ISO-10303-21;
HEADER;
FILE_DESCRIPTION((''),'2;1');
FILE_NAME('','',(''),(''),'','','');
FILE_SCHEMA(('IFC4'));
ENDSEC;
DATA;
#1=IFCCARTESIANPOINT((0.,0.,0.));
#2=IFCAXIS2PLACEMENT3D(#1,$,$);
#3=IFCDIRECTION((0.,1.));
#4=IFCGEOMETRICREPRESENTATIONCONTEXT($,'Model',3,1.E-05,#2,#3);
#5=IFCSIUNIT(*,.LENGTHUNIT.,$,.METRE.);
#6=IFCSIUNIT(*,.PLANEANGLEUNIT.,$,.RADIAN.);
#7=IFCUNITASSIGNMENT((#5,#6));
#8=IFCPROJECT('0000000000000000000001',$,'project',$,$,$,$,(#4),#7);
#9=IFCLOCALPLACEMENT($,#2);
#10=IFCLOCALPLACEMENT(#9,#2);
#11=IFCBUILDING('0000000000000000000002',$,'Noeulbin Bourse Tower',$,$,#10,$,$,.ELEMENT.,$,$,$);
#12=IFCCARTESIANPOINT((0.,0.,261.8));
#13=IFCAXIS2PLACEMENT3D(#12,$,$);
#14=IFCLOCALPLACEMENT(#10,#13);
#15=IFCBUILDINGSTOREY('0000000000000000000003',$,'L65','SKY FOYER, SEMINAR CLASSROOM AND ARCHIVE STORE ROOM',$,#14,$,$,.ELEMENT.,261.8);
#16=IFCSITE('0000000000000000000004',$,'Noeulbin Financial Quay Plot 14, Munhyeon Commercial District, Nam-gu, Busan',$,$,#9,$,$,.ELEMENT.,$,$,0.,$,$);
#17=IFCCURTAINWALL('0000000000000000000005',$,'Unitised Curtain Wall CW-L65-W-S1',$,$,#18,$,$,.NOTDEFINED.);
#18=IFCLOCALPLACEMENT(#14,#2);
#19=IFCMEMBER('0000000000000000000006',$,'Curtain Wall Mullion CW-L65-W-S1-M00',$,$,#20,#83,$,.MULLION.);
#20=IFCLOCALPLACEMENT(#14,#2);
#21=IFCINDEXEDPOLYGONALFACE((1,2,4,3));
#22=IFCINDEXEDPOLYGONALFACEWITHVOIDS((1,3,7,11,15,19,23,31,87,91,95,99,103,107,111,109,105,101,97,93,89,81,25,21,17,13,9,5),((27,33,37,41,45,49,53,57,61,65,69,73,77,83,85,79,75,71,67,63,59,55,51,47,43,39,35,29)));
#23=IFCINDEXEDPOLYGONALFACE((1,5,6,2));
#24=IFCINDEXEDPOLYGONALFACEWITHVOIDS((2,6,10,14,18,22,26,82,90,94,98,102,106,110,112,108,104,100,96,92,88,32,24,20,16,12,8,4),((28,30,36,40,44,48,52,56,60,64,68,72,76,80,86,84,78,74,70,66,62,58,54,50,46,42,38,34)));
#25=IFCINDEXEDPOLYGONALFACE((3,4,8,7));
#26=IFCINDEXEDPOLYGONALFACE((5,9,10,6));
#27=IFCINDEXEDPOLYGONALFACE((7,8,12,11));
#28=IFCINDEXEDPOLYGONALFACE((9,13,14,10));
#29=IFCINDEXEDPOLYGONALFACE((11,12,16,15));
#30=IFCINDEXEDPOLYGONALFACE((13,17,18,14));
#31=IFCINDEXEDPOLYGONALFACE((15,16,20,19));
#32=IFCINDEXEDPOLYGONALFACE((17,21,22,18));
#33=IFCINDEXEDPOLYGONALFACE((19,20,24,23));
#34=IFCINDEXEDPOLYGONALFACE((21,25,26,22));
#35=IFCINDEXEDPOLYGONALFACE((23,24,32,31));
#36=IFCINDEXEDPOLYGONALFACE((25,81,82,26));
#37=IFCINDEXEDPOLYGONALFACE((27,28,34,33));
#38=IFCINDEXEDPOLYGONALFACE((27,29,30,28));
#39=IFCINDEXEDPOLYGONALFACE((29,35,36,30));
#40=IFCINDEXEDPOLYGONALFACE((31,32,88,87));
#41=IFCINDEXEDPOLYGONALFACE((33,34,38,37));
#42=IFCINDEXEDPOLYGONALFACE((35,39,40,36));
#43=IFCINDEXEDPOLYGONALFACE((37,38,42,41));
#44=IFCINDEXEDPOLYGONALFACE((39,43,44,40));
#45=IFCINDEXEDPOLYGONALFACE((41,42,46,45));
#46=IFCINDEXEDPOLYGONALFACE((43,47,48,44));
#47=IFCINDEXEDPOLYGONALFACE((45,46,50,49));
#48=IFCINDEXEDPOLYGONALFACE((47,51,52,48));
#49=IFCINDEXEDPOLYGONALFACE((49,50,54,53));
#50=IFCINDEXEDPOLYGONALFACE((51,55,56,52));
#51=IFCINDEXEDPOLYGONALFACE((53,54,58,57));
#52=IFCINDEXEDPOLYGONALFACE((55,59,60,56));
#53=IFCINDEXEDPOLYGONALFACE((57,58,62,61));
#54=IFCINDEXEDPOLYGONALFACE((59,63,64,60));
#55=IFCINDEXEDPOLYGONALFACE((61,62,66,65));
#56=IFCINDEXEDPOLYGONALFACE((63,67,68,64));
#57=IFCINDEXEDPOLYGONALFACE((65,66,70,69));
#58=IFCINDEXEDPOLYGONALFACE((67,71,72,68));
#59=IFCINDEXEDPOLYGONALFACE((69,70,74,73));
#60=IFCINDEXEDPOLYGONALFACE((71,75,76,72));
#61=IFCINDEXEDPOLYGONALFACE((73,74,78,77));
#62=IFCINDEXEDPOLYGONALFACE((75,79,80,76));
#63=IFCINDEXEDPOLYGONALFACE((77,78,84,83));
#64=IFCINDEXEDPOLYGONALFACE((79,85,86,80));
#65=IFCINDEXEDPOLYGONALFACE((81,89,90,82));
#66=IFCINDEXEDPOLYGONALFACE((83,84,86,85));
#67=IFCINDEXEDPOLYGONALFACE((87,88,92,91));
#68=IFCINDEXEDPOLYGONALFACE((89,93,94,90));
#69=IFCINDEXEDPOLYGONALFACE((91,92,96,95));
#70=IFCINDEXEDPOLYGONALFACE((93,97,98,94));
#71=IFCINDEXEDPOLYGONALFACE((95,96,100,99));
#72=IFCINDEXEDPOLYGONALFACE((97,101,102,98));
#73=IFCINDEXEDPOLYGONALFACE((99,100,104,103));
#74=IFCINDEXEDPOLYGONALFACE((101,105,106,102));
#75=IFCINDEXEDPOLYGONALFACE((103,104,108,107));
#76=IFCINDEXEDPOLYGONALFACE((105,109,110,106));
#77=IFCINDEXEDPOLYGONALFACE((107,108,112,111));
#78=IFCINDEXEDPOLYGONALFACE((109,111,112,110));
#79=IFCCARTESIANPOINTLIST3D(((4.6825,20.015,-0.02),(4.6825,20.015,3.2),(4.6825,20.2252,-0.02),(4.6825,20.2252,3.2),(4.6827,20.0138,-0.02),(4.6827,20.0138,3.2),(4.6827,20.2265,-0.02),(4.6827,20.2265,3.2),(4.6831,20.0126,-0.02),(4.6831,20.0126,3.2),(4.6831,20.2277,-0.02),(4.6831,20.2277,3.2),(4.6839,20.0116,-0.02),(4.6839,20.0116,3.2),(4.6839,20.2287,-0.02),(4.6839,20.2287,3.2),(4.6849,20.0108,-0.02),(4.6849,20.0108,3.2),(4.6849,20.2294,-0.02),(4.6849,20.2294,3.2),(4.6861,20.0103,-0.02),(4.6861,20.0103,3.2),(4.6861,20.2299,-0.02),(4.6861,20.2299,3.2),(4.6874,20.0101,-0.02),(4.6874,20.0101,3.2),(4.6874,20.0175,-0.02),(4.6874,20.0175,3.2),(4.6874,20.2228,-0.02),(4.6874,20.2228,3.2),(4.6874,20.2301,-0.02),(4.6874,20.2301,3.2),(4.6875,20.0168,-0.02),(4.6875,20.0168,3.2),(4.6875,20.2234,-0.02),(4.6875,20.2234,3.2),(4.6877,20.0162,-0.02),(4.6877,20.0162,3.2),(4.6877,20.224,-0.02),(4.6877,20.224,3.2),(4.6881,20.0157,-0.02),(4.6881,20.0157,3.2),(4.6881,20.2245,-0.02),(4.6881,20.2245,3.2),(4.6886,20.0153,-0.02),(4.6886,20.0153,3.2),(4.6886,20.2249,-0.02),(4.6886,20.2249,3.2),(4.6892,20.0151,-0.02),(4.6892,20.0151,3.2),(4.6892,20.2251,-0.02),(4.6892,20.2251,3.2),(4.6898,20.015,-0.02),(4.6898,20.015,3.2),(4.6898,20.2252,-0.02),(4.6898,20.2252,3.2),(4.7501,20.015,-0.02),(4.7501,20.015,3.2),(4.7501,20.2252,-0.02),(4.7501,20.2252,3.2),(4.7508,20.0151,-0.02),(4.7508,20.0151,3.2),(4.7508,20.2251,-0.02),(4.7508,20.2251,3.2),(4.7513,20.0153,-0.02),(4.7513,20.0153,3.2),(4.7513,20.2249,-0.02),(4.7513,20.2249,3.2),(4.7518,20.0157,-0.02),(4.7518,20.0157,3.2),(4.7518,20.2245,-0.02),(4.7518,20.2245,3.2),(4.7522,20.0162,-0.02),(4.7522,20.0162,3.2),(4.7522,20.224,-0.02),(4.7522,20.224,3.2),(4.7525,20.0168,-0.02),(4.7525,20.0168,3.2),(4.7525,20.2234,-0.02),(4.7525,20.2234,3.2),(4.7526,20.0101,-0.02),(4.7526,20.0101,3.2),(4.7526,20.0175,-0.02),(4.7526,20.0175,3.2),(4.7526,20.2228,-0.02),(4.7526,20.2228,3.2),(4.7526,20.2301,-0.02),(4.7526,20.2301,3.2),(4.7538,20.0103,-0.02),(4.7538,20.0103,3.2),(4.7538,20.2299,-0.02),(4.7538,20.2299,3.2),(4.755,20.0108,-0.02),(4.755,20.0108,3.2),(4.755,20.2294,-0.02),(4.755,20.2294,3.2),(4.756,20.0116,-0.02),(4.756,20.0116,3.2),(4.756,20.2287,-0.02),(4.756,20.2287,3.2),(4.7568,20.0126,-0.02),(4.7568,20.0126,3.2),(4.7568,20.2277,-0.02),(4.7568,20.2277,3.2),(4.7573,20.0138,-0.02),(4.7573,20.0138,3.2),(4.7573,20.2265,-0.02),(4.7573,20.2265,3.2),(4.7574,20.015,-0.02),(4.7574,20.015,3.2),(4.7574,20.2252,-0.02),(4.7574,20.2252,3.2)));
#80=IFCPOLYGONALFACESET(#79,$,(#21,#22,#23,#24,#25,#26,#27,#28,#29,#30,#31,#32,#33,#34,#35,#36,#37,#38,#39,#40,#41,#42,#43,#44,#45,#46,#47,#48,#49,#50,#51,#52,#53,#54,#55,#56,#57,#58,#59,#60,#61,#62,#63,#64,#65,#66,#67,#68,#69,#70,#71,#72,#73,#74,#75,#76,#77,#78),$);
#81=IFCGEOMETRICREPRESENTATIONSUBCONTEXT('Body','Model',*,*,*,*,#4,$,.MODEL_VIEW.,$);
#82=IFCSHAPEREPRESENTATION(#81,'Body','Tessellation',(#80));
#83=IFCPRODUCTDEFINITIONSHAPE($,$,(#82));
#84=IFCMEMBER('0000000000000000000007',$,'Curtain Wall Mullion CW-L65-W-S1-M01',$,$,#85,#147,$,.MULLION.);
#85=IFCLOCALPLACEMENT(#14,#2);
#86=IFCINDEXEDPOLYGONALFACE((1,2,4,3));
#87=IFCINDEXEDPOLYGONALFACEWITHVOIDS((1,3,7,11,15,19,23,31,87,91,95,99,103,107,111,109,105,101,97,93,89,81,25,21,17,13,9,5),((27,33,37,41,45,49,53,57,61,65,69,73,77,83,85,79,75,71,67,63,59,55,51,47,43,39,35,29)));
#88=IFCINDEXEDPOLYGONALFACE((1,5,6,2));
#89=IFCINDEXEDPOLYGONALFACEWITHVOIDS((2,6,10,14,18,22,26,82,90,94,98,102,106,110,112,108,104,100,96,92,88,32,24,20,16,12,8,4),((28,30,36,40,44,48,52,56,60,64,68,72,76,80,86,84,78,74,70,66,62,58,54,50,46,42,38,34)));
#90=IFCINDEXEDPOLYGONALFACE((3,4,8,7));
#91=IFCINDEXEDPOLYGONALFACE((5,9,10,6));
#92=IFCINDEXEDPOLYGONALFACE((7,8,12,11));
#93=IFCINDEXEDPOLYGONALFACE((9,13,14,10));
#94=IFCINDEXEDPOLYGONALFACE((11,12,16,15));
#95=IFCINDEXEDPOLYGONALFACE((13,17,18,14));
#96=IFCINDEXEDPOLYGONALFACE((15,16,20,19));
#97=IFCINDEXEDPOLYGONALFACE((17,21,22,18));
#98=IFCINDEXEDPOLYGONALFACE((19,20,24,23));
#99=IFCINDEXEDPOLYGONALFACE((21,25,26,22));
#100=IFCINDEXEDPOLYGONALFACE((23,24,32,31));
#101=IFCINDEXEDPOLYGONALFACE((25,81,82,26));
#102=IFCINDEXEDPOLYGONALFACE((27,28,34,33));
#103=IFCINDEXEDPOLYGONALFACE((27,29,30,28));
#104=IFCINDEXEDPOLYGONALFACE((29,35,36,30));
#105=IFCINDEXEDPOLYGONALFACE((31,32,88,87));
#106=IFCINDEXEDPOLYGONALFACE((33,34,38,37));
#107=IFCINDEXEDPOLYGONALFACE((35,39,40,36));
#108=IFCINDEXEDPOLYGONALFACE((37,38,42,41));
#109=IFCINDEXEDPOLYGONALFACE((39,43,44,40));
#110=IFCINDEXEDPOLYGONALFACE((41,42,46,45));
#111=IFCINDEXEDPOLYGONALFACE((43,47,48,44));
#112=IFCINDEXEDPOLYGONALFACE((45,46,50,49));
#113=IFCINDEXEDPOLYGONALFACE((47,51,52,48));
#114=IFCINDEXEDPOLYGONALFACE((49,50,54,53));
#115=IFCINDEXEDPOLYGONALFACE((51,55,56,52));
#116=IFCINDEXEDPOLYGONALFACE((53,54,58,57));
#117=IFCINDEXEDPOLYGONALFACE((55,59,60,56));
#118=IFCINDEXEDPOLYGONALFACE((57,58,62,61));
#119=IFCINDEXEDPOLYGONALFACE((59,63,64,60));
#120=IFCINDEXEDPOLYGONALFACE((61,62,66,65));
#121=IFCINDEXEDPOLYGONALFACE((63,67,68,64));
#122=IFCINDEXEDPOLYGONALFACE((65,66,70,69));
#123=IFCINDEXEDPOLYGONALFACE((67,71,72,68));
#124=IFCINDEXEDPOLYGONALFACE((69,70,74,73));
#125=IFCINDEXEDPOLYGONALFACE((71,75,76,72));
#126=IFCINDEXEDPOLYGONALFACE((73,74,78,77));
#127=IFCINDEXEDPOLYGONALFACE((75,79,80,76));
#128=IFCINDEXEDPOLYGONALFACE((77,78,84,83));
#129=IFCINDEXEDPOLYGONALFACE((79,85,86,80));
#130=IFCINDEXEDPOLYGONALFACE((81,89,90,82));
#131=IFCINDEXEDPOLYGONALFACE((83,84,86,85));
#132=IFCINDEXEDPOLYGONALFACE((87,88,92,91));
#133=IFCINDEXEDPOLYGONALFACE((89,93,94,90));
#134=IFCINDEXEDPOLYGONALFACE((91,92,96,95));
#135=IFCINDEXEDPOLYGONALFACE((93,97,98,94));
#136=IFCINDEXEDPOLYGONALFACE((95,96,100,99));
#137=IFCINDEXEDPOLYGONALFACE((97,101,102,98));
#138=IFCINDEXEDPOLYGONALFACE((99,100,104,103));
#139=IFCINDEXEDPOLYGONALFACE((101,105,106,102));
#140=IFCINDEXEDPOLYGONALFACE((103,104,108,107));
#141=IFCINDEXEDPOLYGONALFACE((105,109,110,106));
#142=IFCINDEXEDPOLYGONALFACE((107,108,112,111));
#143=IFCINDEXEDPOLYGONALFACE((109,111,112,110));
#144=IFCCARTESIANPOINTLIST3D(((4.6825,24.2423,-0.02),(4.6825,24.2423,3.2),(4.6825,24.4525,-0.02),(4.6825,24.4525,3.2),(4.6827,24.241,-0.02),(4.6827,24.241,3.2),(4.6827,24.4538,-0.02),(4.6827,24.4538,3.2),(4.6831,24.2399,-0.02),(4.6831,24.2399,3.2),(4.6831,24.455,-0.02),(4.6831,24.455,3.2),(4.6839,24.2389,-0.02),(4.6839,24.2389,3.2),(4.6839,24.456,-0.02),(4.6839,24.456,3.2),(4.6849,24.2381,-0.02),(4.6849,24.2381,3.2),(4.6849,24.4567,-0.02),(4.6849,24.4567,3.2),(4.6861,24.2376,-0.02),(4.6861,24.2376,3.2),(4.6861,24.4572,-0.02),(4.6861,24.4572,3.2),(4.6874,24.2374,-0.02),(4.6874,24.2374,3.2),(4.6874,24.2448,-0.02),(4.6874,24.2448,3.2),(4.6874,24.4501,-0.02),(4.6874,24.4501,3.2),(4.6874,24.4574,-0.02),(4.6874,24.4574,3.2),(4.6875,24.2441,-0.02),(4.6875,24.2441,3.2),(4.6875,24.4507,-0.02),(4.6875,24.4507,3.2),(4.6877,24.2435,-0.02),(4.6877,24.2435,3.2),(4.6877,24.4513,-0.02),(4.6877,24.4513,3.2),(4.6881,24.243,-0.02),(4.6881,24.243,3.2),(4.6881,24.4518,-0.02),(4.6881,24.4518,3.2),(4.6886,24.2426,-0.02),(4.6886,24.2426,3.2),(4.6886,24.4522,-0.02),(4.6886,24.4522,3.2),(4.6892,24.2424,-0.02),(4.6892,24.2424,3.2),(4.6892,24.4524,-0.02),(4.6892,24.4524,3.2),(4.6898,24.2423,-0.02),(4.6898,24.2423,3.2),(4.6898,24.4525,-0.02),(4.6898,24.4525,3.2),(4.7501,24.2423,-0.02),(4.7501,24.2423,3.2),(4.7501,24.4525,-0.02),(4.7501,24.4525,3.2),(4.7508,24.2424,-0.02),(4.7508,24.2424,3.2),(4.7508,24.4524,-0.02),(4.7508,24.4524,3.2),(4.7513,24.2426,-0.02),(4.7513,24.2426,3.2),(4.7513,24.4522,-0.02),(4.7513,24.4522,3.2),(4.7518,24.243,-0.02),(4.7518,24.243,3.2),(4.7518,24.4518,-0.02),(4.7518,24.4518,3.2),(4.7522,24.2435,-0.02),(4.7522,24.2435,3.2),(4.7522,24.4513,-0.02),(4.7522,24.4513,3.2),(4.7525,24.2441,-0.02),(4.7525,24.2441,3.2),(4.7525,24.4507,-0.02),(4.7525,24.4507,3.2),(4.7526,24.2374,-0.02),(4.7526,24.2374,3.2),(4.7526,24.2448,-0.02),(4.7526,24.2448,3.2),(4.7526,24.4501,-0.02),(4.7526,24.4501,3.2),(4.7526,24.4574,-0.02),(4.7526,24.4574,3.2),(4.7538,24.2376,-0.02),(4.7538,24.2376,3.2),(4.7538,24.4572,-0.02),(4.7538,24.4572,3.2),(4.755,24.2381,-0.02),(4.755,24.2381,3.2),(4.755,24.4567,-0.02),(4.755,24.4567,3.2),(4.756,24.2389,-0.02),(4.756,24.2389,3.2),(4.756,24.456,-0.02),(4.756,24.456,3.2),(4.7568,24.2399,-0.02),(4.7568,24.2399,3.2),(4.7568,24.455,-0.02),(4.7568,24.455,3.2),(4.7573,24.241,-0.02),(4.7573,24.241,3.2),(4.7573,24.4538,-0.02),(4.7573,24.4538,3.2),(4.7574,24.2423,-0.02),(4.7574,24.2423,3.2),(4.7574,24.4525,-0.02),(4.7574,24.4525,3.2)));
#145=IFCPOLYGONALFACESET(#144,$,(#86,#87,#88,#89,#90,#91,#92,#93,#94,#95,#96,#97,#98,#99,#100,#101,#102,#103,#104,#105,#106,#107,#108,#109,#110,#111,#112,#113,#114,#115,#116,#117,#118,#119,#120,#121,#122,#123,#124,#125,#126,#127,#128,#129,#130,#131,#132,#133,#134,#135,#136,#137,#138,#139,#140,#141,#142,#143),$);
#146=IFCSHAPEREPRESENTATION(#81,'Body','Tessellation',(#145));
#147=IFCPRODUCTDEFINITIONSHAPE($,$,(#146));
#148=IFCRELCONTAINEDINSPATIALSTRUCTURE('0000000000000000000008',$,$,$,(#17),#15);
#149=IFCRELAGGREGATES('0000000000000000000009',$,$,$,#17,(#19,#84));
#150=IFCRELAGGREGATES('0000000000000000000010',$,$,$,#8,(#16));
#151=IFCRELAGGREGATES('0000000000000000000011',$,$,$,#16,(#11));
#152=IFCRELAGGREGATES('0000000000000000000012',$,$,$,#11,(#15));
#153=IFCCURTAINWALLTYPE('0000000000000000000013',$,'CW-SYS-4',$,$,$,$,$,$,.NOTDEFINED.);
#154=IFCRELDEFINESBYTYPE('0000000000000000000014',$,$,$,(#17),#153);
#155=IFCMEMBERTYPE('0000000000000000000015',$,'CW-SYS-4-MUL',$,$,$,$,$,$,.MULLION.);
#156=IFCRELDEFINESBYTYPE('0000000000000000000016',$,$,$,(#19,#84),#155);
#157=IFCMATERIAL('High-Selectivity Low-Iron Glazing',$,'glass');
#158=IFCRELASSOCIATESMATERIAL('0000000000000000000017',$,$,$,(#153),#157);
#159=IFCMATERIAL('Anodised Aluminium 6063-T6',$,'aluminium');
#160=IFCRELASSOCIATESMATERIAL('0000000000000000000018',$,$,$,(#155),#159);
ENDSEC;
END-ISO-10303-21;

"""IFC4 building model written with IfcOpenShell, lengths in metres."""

from ifc_helpers import new_model, si_unit, direction, frame, origin, origin_2d, place, context, subcontext, project, spatial, hollow_rectangle, extrude, material, material_profile, profile_set, type_object, element, aggregate, save


model = new_model("IFC4")

# Units and contexts
model_context = context("Model", 3, precision=1e-05, world=origin(), true_north=direction((0.0, 1.0)))
body_context = subcontext(model_context, "Body", "Model", "MODEL_VIEW")
ifc_project = project(units=[si_unit("LENGTHUNIT", "METRE"), si_unit("PLANEANGLEUNIT", "RADIAN")], contexts=[model_context])

# Site, building, storey
site_placement = place(None, origin())
site = spatial("IfcSite", under=ifc_project, at=site_placement, Name="Noeulbin Financial Quay Plot 14, Munhyeon Commercial District, Nam-gu, Busan", CompositionType="ELEMENT", RefElevation=0.0)
building_placement = place(site_placement, origin())
building = spatial("IfcBuilding", under=site, at=building_placement, Name="Noeulbin Bourse Tower", CompositionType="ELEMENT")
storey_placement = place(building_placement, frame((0.0, 0.0, 261.8)))
storey = spatial("IfcBuildingStorey", under=building, at=storey_placement, Name="L65", Description="SKY FOYER, SEMINAR CLASSROOM AND ARCHIVE STORE ROOM", CompositionType="ELEMENT", Elevation=261.8)

# Curtain wall, members
ifc_material_1 = material(Name="High-Selectivity Low-Iron Glazing", Category="glass")
curtain_wall_type = type_object("IfcCurtainWallType", Name="CW-SYS-4", PredefinedType="NOTDEFINED", material=ifc_material_1)
curtain_wall_1_placement = place(storey_placement, origin())
curtain_wall_1 = element("IfcCurtainWall", 1, at=curtain_wall_1_placement, inside=storey, type_object=curtain_wall_type, Name="Unitised Curtain Wall CW-L65-W-S1", PredefinedType="NOTDEFINED")
ifc_material_2 = material(Name="Anodised Aluminium 6063-T6", Category="aluminium")
ifc_material_profile_1 = material_profile(ifc_material_2, hollow_rectangle(XDim=0.075, YDim=0.22, WallThickness=0.0049, InnerFilletRadius=0.0024, OuterFilletRadius=0.0049, at=origin_2d()), Name="ALU-MULL-75x220x5", Category="LoadBearing")
ifc_profile_set_1 = profile_set([ifc_material_profile_1], Name="Anodised Aluminium 6063-T6")
member_type_1 = type_object("IfcMemberType", Name="CW-SYS-4-MUL", PredefinedType="MULLION", material=ifc_profile_set_1)
member_1_placement = place(storey_placement, frame((4.72, 20.1201, -0.02), z_axis=(0.0, 0.0, 1.0), x_axis=(1.0, 0.0, 0.0)))
member_1 = element("IfcMember", 2, at=member_1_placement, type_object=member_type_1, Name="Curtain Wall Mullion CW-L65-W-S1-M00", PredefinedType="MULLION", context=body_context, shape_type="SweptSolid", body=[
    extrude(hollow_rectangle(XDim=0.075, YDim=0.22, WallThickness=0.0049, InnerFilletRadius=0.0024, OuterFilletRadius=0.0049, at=origin_2d()), origin(), (0.0, 0.0, 1.0), 3.22),
])
member_2_placement = place(storey_placement, frame((4.72, 24.3474, -0.02), z_axis=(0.0, 0.0, 1.0), x_axis=(1.0, 0.0, 0.0)))
member_2 = element("IfcMember", 3, at=member_2_placement, type_object=member_type_1, Name="Curtain Wall Mullion CW-L65-W-S1-M01", PredefinedType="MULLION", context=body_context, shape_type="SweptSolid", body=[
    extrude(hollow_rectangle(XDim=0.075, YDim=0.22, WallThickness=0.0049, InnerFilletRadius=0.0024, OuterFilletRadius=0.0049, at=origin_2d()), origin(), (0.0, 0.0, 1.0), 3.22),
])

aggregate(curtain_wall_1, [member_1, member_2])

save(model, "model.ifc")
